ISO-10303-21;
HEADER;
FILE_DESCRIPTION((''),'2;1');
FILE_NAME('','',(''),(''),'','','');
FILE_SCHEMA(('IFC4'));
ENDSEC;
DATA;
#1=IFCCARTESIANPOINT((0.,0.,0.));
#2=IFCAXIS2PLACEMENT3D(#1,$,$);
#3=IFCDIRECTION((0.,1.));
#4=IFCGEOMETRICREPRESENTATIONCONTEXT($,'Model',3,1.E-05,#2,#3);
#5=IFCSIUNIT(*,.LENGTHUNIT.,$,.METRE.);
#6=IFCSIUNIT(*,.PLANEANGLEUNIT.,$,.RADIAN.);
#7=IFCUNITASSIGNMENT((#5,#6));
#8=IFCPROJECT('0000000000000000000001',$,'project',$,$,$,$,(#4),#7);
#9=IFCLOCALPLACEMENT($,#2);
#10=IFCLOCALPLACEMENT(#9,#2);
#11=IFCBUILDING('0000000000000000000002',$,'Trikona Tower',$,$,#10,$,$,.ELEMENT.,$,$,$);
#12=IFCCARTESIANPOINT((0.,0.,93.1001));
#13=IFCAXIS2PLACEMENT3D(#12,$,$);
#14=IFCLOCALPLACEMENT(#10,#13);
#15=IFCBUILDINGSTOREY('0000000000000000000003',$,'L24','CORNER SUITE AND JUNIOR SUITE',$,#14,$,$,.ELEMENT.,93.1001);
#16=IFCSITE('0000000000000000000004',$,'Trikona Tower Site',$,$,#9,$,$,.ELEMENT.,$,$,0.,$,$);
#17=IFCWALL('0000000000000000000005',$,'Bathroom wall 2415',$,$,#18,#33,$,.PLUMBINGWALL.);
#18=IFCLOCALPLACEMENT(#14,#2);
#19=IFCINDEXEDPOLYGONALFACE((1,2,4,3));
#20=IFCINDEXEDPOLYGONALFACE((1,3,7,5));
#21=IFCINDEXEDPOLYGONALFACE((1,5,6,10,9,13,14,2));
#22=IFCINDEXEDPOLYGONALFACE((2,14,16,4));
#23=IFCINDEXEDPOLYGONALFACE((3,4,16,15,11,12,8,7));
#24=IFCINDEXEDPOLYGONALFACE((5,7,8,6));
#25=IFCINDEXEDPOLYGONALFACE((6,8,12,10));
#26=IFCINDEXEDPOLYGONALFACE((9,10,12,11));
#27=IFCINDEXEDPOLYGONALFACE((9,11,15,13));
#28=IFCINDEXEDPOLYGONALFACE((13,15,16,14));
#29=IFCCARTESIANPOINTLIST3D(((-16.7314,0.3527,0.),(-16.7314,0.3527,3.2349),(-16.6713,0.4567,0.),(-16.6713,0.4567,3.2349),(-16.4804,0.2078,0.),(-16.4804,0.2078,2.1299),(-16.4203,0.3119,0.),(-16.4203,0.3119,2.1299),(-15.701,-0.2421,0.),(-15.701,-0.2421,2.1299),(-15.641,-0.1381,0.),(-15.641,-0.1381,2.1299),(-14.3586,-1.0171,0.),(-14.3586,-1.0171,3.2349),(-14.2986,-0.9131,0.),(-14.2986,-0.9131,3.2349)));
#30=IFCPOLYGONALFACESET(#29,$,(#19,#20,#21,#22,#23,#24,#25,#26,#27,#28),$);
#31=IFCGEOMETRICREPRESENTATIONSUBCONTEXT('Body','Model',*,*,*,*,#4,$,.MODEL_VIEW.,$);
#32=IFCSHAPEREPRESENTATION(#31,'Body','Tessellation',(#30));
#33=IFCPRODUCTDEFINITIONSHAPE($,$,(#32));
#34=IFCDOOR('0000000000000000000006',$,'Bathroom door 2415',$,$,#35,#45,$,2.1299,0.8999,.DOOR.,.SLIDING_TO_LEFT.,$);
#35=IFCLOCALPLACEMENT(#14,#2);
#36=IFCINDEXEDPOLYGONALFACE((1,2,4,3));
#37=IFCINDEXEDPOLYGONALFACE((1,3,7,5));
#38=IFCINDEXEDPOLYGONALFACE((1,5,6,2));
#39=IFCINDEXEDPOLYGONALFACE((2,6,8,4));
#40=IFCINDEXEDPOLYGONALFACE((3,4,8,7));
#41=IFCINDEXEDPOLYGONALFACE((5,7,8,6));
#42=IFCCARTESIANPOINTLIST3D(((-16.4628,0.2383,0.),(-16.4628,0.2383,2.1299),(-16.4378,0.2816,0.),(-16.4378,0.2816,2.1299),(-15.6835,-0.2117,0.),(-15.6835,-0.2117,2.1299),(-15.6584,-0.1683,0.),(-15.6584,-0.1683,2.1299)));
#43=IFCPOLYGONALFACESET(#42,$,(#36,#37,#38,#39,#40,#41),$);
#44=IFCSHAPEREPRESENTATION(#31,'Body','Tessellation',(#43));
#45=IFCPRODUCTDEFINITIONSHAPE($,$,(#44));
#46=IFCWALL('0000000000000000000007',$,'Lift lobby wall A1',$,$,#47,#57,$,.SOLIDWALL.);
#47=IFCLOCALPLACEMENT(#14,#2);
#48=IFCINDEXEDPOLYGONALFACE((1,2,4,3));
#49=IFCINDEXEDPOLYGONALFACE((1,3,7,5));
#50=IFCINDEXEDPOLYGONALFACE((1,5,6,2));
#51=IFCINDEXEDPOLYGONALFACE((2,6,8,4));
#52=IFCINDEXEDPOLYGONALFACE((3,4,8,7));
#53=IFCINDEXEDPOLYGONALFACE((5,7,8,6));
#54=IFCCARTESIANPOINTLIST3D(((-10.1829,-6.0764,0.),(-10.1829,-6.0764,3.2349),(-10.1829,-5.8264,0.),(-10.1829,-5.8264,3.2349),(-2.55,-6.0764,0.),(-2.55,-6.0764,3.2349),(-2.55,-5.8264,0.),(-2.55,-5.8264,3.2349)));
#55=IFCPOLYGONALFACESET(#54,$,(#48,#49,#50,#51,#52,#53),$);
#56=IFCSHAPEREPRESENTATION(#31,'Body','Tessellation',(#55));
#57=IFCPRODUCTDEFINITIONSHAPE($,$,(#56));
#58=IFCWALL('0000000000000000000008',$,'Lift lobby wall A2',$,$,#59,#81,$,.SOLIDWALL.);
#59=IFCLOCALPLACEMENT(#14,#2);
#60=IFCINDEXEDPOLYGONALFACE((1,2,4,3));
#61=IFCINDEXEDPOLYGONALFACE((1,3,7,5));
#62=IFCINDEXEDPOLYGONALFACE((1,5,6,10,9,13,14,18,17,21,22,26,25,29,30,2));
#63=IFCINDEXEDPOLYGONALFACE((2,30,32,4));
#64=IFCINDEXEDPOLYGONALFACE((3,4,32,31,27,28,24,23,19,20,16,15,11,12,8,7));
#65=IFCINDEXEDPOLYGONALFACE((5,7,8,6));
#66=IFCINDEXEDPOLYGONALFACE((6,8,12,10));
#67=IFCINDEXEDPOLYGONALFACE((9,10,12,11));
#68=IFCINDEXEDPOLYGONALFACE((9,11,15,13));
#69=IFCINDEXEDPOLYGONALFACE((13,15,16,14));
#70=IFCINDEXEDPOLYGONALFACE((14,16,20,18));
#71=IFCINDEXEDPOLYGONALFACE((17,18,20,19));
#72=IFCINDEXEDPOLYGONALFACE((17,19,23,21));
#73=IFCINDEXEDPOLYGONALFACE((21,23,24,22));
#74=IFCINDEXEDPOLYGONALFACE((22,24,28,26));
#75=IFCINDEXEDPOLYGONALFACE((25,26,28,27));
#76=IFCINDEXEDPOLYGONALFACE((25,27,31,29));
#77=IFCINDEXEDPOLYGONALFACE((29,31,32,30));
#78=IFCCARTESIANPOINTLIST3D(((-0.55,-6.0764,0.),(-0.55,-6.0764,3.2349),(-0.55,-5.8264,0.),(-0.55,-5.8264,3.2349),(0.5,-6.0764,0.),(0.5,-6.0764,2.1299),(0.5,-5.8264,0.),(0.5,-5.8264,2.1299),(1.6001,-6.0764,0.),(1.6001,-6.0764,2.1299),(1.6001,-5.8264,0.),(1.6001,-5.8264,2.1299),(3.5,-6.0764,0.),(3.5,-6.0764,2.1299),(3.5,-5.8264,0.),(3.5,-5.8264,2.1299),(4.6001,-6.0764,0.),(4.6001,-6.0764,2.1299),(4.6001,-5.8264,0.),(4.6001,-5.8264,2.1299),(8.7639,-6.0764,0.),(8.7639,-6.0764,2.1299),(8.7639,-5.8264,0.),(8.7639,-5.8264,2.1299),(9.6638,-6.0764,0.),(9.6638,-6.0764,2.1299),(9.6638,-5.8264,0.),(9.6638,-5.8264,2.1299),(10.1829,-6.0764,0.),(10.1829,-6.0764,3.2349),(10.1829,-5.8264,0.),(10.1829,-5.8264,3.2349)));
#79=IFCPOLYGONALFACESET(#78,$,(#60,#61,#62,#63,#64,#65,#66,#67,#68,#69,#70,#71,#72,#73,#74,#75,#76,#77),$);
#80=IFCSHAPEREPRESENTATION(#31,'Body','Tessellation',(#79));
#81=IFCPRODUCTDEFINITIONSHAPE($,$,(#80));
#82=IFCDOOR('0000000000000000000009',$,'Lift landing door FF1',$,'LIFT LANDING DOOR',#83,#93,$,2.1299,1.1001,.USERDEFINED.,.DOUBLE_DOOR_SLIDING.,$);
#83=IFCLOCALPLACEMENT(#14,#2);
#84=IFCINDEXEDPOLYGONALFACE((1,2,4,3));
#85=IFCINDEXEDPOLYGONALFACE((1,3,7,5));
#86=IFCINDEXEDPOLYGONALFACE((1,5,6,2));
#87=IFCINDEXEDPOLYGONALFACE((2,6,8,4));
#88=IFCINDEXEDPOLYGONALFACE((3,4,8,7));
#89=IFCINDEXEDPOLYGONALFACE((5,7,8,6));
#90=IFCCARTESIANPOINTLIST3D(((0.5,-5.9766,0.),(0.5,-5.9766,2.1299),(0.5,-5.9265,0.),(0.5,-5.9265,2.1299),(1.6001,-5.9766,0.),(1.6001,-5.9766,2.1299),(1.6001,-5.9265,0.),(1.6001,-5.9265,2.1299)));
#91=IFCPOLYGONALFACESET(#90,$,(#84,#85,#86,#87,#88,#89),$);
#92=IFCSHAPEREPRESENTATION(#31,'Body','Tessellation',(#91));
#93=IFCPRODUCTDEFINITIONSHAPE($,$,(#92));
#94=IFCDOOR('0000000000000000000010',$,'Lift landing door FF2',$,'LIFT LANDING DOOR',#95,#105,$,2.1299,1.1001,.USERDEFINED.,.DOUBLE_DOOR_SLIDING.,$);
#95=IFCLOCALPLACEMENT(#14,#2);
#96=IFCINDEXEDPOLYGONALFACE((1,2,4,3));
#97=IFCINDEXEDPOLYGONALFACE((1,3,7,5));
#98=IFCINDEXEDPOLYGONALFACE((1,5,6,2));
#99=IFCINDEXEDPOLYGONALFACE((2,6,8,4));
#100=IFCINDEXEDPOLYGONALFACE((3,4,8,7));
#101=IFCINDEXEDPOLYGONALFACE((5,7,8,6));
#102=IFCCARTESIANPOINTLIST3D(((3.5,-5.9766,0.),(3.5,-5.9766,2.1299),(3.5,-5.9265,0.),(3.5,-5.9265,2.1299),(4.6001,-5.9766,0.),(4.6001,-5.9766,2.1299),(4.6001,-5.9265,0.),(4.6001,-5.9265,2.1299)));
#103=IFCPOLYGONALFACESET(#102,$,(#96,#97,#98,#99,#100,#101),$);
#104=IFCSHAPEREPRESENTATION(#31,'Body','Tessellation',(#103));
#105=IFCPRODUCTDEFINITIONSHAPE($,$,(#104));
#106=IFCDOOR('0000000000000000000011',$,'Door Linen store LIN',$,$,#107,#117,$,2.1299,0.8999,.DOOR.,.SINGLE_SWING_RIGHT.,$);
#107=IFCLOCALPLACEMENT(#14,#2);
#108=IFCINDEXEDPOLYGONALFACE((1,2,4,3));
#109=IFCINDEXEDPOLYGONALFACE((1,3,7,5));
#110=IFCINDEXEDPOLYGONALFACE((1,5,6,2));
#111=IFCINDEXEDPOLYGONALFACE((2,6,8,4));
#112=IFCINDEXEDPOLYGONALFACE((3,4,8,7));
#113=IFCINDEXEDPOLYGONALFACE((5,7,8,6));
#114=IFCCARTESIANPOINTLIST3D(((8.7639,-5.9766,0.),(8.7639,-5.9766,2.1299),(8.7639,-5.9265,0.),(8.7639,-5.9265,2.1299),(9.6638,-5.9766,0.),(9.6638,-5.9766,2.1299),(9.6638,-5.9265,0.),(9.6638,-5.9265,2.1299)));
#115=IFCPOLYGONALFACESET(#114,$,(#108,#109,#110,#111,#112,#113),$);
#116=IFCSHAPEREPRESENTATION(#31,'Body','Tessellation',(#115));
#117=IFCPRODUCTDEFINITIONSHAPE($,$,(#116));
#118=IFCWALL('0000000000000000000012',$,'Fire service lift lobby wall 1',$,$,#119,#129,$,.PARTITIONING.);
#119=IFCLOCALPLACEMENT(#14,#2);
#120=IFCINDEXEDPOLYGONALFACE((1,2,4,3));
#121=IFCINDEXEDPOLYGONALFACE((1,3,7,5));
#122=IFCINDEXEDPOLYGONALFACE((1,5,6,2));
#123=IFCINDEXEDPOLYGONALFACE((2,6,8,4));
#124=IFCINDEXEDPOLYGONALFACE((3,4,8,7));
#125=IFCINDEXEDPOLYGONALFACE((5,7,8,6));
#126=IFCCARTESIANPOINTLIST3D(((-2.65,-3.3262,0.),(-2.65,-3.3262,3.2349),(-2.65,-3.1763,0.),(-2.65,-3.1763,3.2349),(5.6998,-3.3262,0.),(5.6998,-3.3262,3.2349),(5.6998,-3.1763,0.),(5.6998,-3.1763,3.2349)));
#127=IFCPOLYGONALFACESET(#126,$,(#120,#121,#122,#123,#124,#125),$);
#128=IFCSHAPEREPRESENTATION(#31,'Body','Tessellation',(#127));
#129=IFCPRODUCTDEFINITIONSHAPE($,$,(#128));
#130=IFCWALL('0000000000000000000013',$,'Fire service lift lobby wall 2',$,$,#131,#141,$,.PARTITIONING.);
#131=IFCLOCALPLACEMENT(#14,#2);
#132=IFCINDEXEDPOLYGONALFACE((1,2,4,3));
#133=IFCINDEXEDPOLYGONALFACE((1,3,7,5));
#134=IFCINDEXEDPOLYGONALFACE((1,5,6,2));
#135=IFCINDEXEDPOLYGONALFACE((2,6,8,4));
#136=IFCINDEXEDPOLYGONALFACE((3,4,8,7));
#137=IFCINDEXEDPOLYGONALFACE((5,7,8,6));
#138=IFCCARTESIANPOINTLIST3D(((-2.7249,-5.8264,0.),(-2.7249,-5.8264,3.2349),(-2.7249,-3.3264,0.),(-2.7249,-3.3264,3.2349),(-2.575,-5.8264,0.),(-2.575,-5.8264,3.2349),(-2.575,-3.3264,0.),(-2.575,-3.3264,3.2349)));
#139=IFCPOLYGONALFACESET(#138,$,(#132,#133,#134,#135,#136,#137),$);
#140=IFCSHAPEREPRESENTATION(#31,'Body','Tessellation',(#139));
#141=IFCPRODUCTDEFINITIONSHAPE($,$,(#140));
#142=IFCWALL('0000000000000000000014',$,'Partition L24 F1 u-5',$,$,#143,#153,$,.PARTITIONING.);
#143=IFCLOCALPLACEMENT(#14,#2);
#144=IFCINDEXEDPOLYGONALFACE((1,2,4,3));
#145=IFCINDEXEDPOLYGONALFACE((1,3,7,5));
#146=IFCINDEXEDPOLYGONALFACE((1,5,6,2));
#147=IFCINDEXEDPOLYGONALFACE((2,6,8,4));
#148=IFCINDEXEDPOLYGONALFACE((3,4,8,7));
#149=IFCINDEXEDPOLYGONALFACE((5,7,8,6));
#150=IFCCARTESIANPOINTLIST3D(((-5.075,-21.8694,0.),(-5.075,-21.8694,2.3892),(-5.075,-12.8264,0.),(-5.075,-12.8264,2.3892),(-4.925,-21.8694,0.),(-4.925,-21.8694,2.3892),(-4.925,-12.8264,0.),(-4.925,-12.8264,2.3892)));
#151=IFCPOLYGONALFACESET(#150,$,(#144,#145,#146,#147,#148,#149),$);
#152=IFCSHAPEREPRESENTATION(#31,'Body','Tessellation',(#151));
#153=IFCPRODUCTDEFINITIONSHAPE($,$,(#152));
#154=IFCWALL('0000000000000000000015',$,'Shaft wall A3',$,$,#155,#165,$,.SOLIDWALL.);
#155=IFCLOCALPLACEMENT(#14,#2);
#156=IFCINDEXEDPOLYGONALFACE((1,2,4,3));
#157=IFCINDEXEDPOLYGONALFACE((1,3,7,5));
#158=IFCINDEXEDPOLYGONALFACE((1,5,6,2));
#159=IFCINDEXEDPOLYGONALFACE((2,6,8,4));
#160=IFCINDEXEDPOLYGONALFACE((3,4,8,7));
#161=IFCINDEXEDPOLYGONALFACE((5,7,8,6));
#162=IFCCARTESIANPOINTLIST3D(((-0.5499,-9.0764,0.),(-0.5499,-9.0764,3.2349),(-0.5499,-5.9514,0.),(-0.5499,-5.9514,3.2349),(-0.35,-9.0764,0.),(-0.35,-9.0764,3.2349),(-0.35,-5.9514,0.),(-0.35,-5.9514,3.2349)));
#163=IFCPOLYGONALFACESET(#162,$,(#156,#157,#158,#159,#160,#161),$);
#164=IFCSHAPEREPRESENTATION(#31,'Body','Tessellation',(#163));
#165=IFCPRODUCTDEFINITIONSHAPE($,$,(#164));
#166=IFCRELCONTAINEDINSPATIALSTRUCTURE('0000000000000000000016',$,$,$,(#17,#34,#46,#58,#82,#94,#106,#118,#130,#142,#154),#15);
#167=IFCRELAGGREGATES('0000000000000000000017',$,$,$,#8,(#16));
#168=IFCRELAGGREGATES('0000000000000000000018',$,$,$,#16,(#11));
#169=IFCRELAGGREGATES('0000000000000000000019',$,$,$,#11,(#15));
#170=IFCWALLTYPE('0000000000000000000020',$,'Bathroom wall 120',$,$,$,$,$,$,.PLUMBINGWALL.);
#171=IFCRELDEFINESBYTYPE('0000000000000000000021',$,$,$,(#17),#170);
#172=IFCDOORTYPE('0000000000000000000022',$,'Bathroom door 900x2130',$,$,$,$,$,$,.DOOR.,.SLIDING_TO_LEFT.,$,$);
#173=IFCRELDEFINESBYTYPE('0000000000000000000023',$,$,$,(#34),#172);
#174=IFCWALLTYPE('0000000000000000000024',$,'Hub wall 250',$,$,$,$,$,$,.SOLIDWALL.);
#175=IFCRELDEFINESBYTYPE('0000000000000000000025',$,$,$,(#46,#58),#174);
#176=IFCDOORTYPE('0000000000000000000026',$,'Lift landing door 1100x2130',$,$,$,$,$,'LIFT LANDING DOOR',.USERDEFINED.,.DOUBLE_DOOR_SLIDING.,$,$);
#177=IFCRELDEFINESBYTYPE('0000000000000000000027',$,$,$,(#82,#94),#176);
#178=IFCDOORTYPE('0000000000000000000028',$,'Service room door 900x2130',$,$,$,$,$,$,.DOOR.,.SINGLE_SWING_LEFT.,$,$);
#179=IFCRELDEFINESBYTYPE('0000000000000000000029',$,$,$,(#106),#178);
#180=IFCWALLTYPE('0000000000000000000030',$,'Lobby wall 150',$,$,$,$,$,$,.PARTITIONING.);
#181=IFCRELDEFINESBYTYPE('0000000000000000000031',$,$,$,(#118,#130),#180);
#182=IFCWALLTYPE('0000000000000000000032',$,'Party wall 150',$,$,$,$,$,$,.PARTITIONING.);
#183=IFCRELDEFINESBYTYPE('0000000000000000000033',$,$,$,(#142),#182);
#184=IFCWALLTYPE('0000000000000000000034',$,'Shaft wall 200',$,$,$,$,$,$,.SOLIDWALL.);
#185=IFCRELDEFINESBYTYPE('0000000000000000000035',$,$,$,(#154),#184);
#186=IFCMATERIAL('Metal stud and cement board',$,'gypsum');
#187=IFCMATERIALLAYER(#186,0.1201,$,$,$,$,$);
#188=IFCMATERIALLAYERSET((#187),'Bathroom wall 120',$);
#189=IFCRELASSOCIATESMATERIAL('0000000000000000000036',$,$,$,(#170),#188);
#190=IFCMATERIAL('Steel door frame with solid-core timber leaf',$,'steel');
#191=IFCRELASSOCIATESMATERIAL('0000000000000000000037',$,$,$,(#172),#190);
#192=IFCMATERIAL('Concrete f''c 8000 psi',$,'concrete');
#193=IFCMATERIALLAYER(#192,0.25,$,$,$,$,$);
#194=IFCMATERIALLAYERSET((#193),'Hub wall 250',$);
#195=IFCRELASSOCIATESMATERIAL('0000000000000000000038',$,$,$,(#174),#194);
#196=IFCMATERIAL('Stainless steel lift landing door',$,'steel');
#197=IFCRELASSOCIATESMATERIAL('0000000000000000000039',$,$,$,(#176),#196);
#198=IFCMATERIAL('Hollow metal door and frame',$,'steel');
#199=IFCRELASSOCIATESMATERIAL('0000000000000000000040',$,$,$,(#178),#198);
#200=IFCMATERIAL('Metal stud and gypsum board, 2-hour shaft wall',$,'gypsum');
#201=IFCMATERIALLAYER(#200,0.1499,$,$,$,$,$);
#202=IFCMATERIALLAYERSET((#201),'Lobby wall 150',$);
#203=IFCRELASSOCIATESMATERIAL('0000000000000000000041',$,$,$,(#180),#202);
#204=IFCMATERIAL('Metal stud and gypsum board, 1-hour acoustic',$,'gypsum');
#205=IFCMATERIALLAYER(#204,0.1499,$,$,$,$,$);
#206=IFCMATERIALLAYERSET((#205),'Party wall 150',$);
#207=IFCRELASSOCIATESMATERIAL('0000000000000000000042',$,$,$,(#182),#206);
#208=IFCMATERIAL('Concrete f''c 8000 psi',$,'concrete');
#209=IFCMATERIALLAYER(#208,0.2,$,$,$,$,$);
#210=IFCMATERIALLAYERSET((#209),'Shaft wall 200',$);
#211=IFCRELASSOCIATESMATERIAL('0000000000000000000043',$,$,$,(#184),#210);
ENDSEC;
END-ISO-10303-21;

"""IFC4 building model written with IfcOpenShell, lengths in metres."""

from ifc_helpers import new_model, si_unit, direction, frame, frame_2d, origin, place, context, subcontext, project, spatial, rectangle, extrude, material, layer, layer_set, type_object, element, fill, save


model = new_model("IFC4")

# Units and contexts
model_context = context("Model", 3, precision=1e-05, world=origin(), true_north=direction((0.0, 1.0)))
body_context = subcontext(model_context, "Body", "Model", "MODEL_VIEW")
ifc_project = project(units=[si_unit("LENGTHUNIT", "METRE"), si_unit("PLANEANGLEUNIT", "RADIAN")], contexts=[model_context])

# Site, building, storey
site_placement = place(None, origin())
site = spatial("IfcSite", under=ifc_project, at=site_placement, Name="Trikona Tower Site", CompositionType="ELEMENT", RefElevation=0.0)
building_placement = place(site_placement, origin())
building = spatial("IfcBuilding", under=site, at=building_placement, Name="Trikona Tower", CompositionType="ELEMENT")
storey_placement = place(building_placement, frame((0.0, 0.0, 93.1001)))
storey = spatial("IfcBuildingStorey", under=building, at=storey_placement, Name="L24", Description="CORNER SUITE AND JUNIOR SUITE", CompositionType="ELEMENT", Elevation=93.1001)

# Shared definitions
ifc_material_1 = material(Name="Metal stud and cement board", Category="gypsum")
ifc_layer_1 = layer(ifc_material_1, 0.1201)
ifc_layer_set_1 = layer_set([ifc_layer_1], Name="Bathroom wall 120")
wall_type_1 = type_object("IfcWallType", Name="Bathroom wall 120", PredefinedType="PLUMBINGWALL", material=ifc_layer_set_1)

# Shared definitions
ifc_material_2 = material(Name="Steel door frame with solid-core timber leaf", Category="steel")
door_type_1 = type_object("IfcDoorType", Name="Bathroom door 900x2130", OperationType="SLIDING_TO_LEFT", PredefinedType="DOOR", material=ifc_material_2)

# Wall, opening, door
wall_1_placement = place(storey_placement, frame((-14.3286, -0.9651, 0.0), z_axis=(0.0, 0.0, 1.0), x_axis=(-0.866036, 0.499982, 0.0)))
wall_1 = element("IfcWall", 1, at=wall_1_placement, inside=storey, type_object=wall_type_1, Name="Bathroom wall 2415", PredefinedType="PLUMBINGWALL", context=body_context, shape_type="SweptSolid", body=[
    extrude(rectangle(XDim=2.7397, YDim=0.1201, at=frame_2d((1.3699, 0.0))), origin(), (0.0, 0.0, 1.0), 3.2349),
])
opening_1_placement = place(wall_1_placement, frame((1.55, 0.0, 0.0)))
opening_1 = element("IfcOpeningElement", 2, at=opening_1_placement, cuts=wall_1, PredefinedType="OPENING", context=body_context, shape_type="SweptSolid", body=[
    extrude(rectangle(XDim=0.8999, YDim=2.1299, at=frame_2d((0.45, 1.0649))), frame((0.0, 0.0701, 0.0), z_axis=(0.0, -1.0, 0.0), x_axis=(1.0, 0.0, 0.0)), (0.0, 0.0, 1.0), 0.1401),
])
door_1_placement = place(opening_1_placement, origin())
door_1 = element("IfcDoor", 3, at=door_1_placement, inside=storey, type_object=door_type_1, Name="Bathroom door 2415", OperationType="SLIDING_TO_LEFT", OverallHeight=2.1299, OverallWidth=0.8999, PredefinedType="DOOR", context=body_context, shape_type="SweptSolid", body=[
    extrude(rectangle(XDim=0.8999, YDim=2.1299, at=frame_2d((0.45, 1.0649))), frame((0.0, 0.0249, 0.0), z_axis=(0.0, -1.0, 0.0), x_axis=(1.0, 0.0, 0.0)), (0.0, 0.0, 1.0), 0.05),
])
fill(opening_1, door_1)

# Wall
ifc_material_3 = material(Name="Concrete f'c 8000 psi", Category="concrete")
ifc_layer_2 = layer(ifc_material_3, 0.25)
ifc_layer_set_2 = layer_set([ifc_layer_2], Name="Hub wall 250")
wall_type_2 = type_object("IfcWallType", Name="Hub wall 250", PredefinedType="SOLIDWALL", material=ifc_layer_set_2)
wall_2_placement = place(storey_placement, frame((-10.1829, -5.9514, 0.0), z_axis=(0.0, 0.0, 1.0), x_axis=(1.0, 0.0, 0.0)))
element("IfcWall", 4, at=wall_2_placement, inside=storey, type_object=wall_type_2, Name="Lift lobby wall A1", PredefinedType="SOLIDWALL", context=body_context, shape_type="SweptSolid", body=[
    extrude(rectangle(XDim=7.6328, YDim=0.25, at=frame_2d((3.8164, 0.0))), origin(), (0.0, 0.0, 1.0), 3.2349),
])

# Wall, openings, doors
wall_3_placement = place(storey_placement, frame((-0.55, -5.9514, 0.0), z_axis=(0.0, 0.0, 1.0), x_axis=(1.0, 0.0, 0.0)))
wall_3 = element("IfcWall", 5, at=wall_3_placement, inside=storey, type_object=wall_type_2, Name="Lift lobby wall A2", PredefinedType="SOLIDWALL", context=body_context, shape_type="SweptSolid", body=[
    extrude(rectangle(XDim=10.7329, YDim=0.25, at=frame_2d((5.3665, 0.0))), origin(), (0.0, 0.0, 1.0), 3.2349),
])
opening_2_placement = place(wall_3_placement, frame((9.314, 0.0, 0.0)))
opening_2 = element("IfcOpeningElement", 6, at=opening_2_placement, cuts=wall_3, PredefinedType="OPENING", context=body_context, shape_type="SweptSolid", body=[
    extrude(rectangle(XDim=0.8999, YDim=2.1299, at=frame_2d((0.45, 1.0649))), frame((0.0, 0.135, 0.0), z_axis=(0.0, -1.0, 0.0), x_axis=(1.0, 0.0, 0.0)), (0.0, 0.0, 1.0), 0.27),
])
opening_3_placement = place(wall_3_placement, frame((1.05, 0.0, 0.0)))
opening_3 = element("IfcOpeningElement", 7, at=opening_3_placement, cuts=wall_3, PredefinedType="OPENING", context=body_context, shape_type="SweptSolid", body=[
    extrude(rectangle(XDim=1.1001, YDim=2.1299, at=frame_2d((0.55, 1.0649))), frame((0.0, 0.135, 0.0), z_axis=(0.0, -1.0, 0.0), x_axis=(1.0, 0.0, 0.0)), (0.0, 0.0, 1.0), 0.27),
])
opening_4_placement = place(wall_3_placement, frame((4.05, 0.0, 0.0)))
opening_4 = element("IfcOpeningElement", 8, at=opening_4_placement, cuts=wall_3, PredefinedType="OPENING", context=body_context, shape_type="SweptSolid", body=[
    extrude(rectangle(XDim=1.1001, YDim=2.1299, at=frame_2d((0.55, 1.0649))), frame((0.0, 0.135, 0.0), z_axis=(0.0, -1.0, 0.0), x_axis=(1.0, 0.0, 0.0)), (0.0, 0.0, 1.0), 0.27),
])
ifc_material_4 = material(Name="Stainless steel lift landing door", Category="steel")
door_type_2 = type_object("IfcDoorType", Name="Lift landing door 1100x2130", ElementType="LIFT LANDING DOOR", OperationType="DOUBLE_DOOR_SLIDING", PredefinedType="USERDEFINED", material=ifc_material_4)
door_2_placement = place(opening_3_placement, origin())
door_2 = element("IfcDoor", 9, at=door_2_placement, inside=storey, type_object=door_type_2, Name="Lift landing door FF1", ObjectType="LIFT LANDING DOOR", OperationType="DOUBLE_DOOR_SLIDING", OverallHeight=2.1299, OverallWidth=1.1001, PredefinedType="USERDEFINED", context=body_context, shape_type="SweptSolid", body=[
    extrude(rectangle(XDim=1.1001, YDim=2.1299, at=frame_2d((0.55, 1.0649))), frame((0.0, 0.0249, 0.0), z_axis=(0.0, -1.0, 0.0), x_axis=(1.0, 0.0, 0.0)), (0.0, 0.0, 1.0), 0.05),
])
fill(opening_3, door_2)
door_3_placement = place(opening_4_placement, origin())
door_3 = element("IfcDoor", 10, at=door_3_placement, inside=storey, type_object=door_type_2, Name="Lift landing door FF2", ObjectType="LIFT LANDING DOOR", OperationType="DOUBLE_DOOR_SLIDING", OverallHeight=2.1299, OverallWidth=1.1001, PredefinedType="USERDEFINED", context=body_context, shape_type="SweptSolid", body=[
    extrude(rectangle(XDim=1.1001, YDim=2.1299, at=frame_2d((0.55, 1.0649))), frame((0.0, 0.0249, 0.0), z_axis=(0.0, -1.0, 0.0), x_axis=(1.0, 0.0, 0.0)), (0.0, 0.0, 1.0), 0.05),
])
fill(opening_4, door_3)
ifc_material_5 = material(Name="Hollow metal door and frame", Category="steel")
door_type_3 = type_object("IfcDoorType", Name="Service room door 900x2130", OperationType="SINGLE_SWING_LEFT", PredefinedType="DOOR", material=ifc_material_5)
door_4_placement = place(opening_2_placement, origin())
door_4 = element("IfcDoor", 11, at=door_4_placement, inside=storey, type_object=door_type_3, Name="Door Linen store LIN", OperationType="SINGLE_SWING_RIGHT", OverallHeight=2.1299, OverallWidth=0.8999, PredefinedType="DOOR", context=body_context, shape_type="SweptSolid", body=[
    extrude(rectangle(XDim=0.8999, YDim=2.1299, at=frame_2d((0.45, 1.0649))), frame((0.0, 0.0249, 0.0), z_axis=(0.0, -1.0, 0.0), x_axis=(1.0, 0.0, 0.0)), (0.0, 0.0, 1.0), 0.05),
])
fill(opening_2, door_4)

# Walls
ifc_material_6 = material(Name="Metal stud and gypsum board, 2-hour shaft wall", Category="gypsum")
ifc_layer_3 = layer(ifc_material_6, 0.1499)
ifc_layer_set_3 = layer_set([ifc_layer_3], Name="Lobby wall 150")
wall_type_3 = type_object("IfcWallType", Name="Lobby wall 150", PredefinedType="PARTITIONING", material=ifc_layer_set_3)
wall_4_placement = place(storey_placement, frame((-2.6499, -3.2512, 0.0), z_axis=(0.0, 0.0, 1.0), x_axis=(1.0, 0.0, 0.0)))
element("IfcWall", 12, at=wall_4_placement, inside=storey, type_object=wall_type_3, Name="Fire service lift lobby wall 1", PredefinedType="PARTITIONING", context=body_context, shape_type="SweptSolid", body=[
    extrude(rectangle(XDim=8.3499, YDim=0.1499, at=frame_2d((4.1748, 0.0))), origin(), (0.0, 0.0, 1.0), 3.2349),
])
wall_5_placement = place(storey_placement, frame((-2.6499, -5.8264, 0.0), z_axis=(0.0, 0.0, 1.0), x_axis=(0.0, 1.0, 0.0)))
element("IfcWall", 13, at=wall_5_placement, inside=storey, type_object=wall_type_3, Name="Fire service lift lobby wall 2", PredefinedType="PARTITIONING", context=body_context, shape_type="SweptSolid", body=[
    extrude(rectangle(XDim=2.5, YDim=0.1499, at=frame_2d((1.25, 0.0))), origin(), (0.0, 0.0, 1.0), 3.2349),
])
ifc_material_7 = material(Name="Metal stud and gypsum board, 1-hour acoustic", Category="gypsum")
ifc_layer_4 = layer(ifc_material_7, 0.1499)
ifc_layer_set_4 = layer_set([ifc_layer_4], Name="Party wall 150")
wall_type_4 = type_object("IfcWallType", Name="Party wall 150", PredefinedType="PARTITIONING", material=ifc_layer_set_4)
wall_6_placement = place(storey_placement, frame((-5.0, -12.8264, 0.0), z_axis=(0.0, 0.0, 1.0), x_axis=(0.0, -1.0, 0.0)))
element("IfcWall", 14, at=wall_6_placement, inside=storey, type_object=wall_type_4, Name="Partition L24 F1 u-5", PredefinedType="PARTITIONING", context=body_context, shape_type="SweptSolid", body=[
    extrude(rectangle(XDim=9.043, YDim=0.1499, at=frame_2d((4.5215, 0.0))), origin(), (0.0, 0.0, 1.0), 2.3892),
])
ifc_material_8 = material(Name="Concrete f'c 8000 psi", Category="concrete")
ifc_layer_5 = layer(ifc_material_8, 0.2)
ifc_layer_set_5 = layer_set([ifc_layer_5], Name="Shaft wall 200")
wall_type_5 = type_object("IfcWallType", Name="Shaft wall 200", PredefinedType="SOLIDWALL", material=ifc_layer_set_5)
for number, where, z_axis, x_axis, name in (
    (15, (-0.45, -5.9514, 0.0), (0.0, 0.0, 1.0), (0.0, -1.0, 0.0), "Shaft wall A3"),
):
    element("IfcWall", number, at=place(storey_placement, frame(where, z_axis=z_axis, x_axis=x_axis)), inside=storey, type_object=wall_type_5, Name=name, PredefinedType="SOLIDWALL", context=body_context, shape_type="SweptSolid", body=[
        extrude(rectangle(XDim=3.125, YDim=0.2, at=frame_2d((1.5625, 0.0))), origin(), (0.0, 0.0, 1.0), 3.2349),
    ])

save(model, "model.ifc")
